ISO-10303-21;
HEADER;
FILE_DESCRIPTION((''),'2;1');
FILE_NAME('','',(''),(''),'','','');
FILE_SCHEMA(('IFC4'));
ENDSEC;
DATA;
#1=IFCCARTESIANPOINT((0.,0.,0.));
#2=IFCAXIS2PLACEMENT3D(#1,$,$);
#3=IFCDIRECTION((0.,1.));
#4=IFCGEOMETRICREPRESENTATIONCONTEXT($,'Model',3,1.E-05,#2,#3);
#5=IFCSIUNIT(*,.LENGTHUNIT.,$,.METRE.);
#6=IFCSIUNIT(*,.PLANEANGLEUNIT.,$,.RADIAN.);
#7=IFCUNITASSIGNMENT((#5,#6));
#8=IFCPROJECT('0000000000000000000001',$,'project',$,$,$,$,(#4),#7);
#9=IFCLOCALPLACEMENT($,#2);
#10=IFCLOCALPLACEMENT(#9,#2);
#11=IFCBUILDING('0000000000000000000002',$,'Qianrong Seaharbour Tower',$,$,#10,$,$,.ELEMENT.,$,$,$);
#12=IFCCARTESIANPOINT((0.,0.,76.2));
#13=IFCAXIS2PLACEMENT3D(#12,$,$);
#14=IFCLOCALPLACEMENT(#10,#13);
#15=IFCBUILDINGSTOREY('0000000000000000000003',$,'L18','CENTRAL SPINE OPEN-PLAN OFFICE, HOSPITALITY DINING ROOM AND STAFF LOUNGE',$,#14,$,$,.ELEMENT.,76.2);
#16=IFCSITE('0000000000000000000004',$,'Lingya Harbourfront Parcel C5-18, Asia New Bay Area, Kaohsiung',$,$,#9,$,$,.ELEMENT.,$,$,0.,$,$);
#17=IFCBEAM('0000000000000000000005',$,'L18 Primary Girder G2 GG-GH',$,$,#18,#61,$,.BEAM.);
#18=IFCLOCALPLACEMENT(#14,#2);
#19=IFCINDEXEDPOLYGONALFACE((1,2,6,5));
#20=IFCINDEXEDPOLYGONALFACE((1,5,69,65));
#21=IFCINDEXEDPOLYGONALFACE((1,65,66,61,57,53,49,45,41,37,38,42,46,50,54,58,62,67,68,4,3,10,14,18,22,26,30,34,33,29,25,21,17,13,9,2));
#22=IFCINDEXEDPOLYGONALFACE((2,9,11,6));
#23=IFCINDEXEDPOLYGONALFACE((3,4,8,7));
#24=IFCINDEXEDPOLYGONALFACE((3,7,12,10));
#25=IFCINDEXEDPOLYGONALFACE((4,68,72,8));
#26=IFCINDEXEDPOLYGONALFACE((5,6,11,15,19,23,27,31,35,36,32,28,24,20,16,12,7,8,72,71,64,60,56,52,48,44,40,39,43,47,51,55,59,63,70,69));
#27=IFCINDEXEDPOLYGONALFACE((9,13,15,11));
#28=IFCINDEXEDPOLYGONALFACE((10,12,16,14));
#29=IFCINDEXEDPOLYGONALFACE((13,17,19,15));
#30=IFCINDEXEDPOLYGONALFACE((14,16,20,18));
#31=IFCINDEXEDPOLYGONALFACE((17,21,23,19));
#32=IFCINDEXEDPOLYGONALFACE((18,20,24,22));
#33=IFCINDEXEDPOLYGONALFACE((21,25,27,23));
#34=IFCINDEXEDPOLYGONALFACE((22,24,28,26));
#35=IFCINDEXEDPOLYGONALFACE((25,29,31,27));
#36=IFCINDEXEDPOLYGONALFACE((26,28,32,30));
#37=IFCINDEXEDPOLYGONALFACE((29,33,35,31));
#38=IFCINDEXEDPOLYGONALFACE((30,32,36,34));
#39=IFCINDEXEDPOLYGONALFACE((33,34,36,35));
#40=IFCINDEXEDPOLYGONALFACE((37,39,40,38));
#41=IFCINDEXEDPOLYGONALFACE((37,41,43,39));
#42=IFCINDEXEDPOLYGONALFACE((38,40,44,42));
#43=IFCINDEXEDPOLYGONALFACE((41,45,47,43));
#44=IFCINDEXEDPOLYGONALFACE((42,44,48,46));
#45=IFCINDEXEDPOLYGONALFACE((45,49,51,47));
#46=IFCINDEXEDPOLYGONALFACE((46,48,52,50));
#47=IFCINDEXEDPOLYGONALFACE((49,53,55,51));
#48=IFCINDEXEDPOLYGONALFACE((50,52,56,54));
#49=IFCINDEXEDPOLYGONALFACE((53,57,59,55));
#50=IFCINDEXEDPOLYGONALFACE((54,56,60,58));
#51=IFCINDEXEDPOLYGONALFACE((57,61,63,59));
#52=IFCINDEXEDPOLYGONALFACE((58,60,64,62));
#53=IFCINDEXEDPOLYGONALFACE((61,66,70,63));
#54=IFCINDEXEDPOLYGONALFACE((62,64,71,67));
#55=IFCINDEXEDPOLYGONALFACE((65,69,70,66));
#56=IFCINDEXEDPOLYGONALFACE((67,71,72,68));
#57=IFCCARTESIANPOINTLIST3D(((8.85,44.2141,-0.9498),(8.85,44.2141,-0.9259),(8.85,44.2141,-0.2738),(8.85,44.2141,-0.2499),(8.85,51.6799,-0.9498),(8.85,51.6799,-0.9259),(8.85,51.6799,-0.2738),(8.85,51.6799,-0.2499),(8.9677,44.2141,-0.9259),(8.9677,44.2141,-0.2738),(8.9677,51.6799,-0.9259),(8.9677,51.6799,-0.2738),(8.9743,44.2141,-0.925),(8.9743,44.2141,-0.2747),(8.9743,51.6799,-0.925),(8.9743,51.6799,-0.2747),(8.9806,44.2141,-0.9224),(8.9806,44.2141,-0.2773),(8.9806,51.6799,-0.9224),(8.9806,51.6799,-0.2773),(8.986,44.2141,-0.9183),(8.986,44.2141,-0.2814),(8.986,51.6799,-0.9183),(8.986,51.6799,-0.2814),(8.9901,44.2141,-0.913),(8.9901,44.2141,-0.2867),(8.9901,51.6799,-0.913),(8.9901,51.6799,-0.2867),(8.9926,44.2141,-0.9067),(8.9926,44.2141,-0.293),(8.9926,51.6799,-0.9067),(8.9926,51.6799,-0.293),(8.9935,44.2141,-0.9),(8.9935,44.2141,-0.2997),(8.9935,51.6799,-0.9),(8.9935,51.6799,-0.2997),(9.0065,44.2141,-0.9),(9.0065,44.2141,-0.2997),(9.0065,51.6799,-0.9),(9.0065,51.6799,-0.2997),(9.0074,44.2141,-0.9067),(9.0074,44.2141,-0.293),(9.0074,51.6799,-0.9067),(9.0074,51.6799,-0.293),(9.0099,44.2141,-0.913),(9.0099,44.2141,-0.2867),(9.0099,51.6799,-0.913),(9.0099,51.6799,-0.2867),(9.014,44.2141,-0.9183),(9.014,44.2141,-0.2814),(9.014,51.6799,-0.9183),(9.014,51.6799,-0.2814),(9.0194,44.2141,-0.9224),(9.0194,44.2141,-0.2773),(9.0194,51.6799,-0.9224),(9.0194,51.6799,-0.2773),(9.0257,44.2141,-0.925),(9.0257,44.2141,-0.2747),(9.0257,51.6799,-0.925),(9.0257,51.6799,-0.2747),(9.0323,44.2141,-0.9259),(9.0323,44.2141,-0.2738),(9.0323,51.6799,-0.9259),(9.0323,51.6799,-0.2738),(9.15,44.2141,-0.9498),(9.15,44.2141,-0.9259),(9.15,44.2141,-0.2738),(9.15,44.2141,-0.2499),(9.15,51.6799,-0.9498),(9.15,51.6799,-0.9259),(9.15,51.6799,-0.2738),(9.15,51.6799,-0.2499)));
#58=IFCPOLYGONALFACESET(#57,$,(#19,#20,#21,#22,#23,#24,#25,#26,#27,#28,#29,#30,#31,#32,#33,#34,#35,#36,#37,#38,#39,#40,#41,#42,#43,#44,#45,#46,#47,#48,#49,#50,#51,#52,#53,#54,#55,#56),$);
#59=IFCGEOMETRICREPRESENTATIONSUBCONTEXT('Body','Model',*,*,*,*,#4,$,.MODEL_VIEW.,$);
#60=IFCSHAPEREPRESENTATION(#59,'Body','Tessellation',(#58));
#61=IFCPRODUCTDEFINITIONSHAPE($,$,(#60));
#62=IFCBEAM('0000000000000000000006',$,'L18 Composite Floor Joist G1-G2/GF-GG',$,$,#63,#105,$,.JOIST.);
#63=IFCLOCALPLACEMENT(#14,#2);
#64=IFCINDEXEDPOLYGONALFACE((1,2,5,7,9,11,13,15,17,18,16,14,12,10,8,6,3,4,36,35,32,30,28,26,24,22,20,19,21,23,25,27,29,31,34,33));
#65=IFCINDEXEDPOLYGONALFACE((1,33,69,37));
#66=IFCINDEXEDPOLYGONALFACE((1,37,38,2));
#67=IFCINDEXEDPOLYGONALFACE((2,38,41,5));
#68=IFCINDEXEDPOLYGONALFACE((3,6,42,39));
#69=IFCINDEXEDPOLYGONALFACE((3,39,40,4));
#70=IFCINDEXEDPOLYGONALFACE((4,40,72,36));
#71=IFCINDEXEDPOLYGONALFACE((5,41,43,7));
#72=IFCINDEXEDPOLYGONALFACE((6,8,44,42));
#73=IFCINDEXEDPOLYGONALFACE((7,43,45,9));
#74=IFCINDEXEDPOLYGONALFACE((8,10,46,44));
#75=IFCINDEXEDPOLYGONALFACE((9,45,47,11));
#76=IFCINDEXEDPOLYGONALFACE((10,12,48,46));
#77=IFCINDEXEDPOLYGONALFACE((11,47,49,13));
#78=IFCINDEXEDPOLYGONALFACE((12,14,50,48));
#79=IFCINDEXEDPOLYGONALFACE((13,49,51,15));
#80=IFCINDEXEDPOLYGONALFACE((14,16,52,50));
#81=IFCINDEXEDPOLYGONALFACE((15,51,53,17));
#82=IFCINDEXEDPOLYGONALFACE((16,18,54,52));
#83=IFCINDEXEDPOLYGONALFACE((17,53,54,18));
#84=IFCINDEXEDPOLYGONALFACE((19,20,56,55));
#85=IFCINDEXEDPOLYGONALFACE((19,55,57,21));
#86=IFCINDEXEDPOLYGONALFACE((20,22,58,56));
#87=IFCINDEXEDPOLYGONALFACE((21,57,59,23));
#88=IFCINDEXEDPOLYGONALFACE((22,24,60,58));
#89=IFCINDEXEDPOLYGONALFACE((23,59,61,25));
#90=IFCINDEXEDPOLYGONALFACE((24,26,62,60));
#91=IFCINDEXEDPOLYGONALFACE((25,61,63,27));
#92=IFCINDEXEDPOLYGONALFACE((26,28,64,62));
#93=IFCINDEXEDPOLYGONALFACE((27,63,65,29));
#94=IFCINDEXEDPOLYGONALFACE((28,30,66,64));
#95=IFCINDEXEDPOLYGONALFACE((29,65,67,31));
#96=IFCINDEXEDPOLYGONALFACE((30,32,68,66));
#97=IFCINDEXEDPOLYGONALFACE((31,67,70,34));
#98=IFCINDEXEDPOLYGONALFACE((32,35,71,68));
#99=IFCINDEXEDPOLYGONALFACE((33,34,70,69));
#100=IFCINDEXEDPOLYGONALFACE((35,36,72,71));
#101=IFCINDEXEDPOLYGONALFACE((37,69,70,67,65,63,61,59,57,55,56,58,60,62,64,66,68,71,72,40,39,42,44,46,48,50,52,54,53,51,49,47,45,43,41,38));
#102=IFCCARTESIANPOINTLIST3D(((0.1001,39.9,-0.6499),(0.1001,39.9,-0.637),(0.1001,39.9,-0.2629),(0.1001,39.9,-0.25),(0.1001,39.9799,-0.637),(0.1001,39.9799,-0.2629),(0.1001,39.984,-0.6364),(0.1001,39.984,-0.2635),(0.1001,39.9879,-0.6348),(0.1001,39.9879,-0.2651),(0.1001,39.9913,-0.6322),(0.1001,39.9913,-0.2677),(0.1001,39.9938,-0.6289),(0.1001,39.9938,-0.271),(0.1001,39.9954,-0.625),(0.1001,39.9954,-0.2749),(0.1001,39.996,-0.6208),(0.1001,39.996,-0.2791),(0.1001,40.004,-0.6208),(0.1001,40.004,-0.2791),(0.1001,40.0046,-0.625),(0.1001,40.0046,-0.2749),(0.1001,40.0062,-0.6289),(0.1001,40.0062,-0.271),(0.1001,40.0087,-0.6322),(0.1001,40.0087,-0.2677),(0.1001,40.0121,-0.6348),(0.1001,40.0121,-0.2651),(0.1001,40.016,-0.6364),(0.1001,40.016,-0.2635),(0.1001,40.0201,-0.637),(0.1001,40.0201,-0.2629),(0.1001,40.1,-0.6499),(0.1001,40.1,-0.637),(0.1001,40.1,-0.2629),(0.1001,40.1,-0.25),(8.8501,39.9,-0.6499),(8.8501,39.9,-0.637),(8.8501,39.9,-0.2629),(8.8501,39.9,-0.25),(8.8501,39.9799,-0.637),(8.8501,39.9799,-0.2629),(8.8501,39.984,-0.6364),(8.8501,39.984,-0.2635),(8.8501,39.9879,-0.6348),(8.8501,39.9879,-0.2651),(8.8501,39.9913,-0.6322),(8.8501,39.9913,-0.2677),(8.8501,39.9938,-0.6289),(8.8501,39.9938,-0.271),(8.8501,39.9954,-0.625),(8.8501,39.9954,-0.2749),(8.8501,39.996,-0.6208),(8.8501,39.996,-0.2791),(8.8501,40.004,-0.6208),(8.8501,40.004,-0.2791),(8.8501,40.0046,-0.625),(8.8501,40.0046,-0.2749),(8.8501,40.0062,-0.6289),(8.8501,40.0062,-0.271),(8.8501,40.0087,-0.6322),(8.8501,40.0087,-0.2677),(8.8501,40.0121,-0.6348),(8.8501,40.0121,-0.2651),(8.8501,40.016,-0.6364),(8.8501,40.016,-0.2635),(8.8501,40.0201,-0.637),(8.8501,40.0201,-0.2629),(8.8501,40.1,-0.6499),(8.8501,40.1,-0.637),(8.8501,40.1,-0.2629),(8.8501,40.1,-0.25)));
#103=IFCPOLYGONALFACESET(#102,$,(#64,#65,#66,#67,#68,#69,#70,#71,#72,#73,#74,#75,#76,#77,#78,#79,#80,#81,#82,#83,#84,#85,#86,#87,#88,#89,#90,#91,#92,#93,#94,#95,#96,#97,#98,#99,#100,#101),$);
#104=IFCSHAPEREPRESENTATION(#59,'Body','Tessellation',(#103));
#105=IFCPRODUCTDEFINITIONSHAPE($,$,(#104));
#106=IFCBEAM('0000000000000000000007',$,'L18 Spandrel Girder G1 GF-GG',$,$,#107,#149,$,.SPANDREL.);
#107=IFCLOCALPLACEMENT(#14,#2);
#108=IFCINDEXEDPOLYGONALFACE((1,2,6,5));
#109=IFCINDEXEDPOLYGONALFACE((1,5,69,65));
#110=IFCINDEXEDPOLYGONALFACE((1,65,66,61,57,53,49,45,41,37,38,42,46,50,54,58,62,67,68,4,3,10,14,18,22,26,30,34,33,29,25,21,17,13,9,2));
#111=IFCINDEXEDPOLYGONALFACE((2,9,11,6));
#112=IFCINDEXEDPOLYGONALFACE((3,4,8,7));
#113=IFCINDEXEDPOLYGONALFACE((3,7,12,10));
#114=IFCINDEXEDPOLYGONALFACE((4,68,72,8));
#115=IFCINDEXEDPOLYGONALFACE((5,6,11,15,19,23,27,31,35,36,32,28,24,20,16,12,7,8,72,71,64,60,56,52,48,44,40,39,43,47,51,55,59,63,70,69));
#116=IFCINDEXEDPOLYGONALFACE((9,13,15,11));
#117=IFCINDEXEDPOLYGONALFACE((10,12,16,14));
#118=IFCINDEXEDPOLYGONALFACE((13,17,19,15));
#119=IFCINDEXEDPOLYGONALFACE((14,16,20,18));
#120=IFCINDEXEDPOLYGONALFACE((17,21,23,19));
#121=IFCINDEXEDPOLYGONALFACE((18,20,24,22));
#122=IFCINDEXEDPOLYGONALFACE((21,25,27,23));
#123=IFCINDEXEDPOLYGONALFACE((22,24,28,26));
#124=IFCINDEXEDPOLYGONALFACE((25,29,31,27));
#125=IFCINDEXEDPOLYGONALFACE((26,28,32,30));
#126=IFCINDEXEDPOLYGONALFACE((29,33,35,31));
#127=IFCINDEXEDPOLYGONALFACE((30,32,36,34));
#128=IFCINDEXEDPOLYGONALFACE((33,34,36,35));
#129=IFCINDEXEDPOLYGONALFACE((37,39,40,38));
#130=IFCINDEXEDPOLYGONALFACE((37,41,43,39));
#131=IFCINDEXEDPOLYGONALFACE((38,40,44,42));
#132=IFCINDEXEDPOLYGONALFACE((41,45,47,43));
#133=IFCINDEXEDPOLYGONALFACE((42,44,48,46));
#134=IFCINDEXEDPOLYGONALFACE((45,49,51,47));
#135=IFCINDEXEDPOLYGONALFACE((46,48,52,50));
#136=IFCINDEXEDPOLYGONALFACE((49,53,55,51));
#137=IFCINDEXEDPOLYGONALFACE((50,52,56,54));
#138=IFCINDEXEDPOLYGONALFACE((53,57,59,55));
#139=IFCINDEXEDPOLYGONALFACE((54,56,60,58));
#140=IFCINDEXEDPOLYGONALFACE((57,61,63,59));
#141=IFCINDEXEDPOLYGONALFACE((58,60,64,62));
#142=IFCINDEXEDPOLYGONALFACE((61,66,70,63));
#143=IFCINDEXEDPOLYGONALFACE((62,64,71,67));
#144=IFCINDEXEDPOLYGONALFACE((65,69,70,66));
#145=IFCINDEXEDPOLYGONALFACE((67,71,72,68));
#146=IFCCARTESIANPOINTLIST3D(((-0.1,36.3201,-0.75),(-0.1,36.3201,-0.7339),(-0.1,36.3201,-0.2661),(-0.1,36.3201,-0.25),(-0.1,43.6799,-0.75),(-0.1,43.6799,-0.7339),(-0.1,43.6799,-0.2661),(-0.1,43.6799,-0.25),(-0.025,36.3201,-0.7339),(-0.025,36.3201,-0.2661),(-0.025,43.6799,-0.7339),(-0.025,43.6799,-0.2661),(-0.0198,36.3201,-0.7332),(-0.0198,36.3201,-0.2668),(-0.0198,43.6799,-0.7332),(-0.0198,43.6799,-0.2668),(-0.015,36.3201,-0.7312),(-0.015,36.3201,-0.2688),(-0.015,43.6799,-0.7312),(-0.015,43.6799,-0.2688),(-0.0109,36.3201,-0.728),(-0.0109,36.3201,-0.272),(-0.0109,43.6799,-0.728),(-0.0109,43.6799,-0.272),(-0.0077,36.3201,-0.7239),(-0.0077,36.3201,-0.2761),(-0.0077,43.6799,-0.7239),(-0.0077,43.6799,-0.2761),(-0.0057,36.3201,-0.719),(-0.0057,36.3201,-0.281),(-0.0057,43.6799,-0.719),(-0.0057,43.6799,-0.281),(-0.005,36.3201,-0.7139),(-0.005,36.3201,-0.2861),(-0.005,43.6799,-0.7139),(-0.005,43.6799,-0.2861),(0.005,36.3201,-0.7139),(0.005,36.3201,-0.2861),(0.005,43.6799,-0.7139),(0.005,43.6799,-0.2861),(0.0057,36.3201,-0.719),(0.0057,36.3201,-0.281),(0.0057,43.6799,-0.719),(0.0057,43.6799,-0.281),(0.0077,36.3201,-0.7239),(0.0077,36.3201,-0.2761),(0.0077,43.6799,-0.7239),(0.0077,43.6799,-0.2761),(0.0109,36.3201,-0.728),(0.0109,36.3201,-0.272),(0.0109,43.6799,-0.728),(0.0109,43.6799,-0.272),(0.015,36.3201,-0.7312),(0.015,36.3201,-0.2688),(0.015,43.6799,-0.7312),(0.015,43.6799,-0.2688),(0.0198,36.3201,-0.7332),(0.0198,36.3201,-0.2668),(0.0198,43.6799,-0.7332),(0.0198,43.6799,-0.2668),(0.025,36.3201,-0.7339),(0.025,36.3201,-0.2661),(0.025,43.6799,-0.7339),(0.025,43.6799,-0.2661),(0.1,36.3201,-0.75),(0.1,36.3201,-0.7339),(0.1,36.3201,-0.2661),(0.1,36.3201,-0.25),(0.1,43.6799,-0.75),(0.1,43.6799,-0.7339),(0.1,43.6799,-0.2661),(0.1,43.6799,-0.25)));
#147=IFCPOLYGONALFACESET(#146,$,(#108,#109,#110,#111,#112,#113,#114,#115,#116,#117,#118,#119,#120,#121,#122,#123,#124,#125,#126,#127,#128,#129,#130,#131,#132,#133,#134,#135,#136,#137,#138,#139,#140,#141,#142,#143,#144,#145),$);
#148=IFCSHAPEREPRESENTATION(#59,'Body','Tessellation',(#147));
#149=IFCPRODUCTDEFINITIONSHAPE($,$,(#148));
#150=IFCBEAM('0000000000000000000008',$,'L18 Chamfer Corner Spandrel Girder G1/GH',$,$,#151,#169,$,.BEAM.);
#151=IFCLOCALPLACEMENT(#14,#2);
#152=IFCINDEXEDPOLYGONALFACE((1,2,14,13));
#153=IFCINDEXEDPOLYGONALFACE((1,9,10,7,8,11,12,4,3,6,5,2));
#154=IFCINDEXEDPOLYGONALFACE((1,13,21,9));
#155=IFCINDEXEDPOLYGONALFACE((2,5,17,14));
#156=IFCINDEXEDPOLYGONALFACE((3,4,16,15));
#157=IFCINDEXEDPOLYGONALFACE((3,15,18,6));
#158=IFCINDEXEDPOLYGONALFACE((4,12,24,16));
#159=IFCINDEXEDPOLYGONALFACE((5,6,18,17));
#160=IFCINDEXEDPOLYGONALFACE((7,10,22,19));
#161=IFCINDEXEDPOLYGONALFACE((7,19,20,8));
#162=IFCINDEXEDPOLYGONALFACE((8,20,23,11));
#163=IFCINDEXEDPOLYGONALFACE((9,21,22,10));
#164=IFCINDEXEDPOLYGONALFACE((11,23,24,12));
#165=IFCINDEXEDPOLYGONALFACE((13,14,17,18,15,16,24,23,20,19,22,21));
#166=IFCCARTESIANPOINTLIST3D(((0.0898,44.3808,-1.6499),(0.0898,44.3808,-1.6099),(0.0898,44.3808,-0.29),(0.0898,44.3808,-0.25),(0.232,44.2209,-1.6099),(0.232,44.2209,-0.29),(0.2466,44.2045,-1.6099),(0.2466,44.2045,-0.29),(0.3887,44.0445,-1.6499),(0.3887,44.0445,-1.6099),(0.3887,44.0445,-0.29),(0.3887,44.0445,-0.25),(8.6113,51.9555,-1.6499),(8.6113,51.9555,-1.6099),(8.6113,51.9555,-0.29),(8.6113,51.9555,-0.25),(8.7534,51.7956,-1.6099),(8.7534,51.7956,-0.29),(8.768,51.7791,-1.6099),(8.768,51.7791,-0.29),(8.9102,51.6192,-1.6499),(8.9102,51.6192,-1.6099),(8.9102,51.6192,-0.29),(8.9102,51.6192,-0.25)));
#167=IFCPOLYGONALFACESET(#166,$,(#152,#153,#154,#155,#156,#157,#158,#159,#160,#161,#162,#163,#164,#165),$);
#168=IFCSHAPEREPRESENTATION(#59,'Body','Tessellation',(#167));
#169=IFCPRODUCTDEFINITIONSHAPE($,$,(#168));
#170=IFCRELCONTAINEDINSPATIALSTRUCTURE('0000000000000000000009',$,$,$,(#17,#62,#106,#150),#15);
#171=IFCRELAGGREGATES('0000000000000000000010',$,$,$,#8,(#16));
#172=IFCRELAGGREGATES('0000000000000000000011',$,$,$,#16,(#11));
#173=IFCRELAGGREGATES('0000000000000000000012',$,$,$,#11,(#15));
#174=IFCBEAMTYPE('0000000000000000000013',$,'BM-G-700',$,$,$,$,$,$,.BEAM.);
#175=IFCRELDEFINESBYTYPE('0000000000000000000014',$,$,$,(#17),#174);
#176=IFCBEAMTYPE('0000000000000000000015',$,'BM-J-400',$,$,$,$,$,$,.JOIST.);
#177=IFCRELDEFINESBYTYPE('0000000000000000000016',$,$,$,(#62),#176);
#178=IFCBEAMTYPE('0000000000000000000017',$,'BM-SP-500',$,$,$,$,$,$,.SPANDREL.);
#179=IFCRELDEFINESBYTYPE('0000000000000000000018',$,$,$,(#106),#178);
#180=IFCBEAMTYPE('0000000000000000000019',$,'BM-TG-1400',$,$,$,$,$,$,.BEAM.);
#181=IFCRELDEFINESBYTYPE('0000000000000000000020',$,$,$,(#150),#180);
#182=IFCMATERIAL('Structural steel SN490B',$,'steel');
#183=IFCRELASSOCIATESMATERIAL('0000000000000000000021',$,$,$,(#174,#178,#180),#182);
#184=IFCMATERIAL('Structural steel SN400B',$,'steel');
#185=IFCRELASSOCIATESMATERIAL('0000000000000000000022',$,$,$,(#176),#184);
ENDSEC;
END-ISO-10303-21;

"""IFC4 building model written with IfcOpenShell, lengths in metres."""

from ifc_helpers import new_model, si_unit, direction, frame, origin, origin_2d, place, context, subcontext, project, spatial, i_section, extrude, material, material_profile, profile_set, type_object, element, save


model = new_model("IFC4")

# Units and contexts
model_context = context("Model", 3, precision=1e-05, world=origin(), true_north=direction((0.0, 1.0)))
body_context = subcontext(model_context, "Body", "Model", "MODEL_VIEW")
ifc_project = project(units=[si_unit("LENGTHUNIT", "METRE"), si_unit("PLANEANGLEUNIT", "RADIAN")], contexts=[model_context])

# Site, building, storey
site_placement = place(None, origin())
site = spatial("IfcSite", under=ifc_project, at=site_placement, Name="Lingya Harbourfront Parcel C5-18, Asia New Bay Area, Kaohsiung", CompositionType="ELEMENT", RefElevation=0.0)
building_placement = place(site_placement, origin())
building = spatial("IfcBuilding", under=site, at=building_placement, Name="Qianrong Seaharbour Tower", CompositionType="ELEMENT")
storey_placement = place(building_placement, frame((0.0, 0.0, 76.2)))
storey = spatial("IfcBuildingStorey", under=building, at=storey_placement, Name="L18", Description="CENTRAL SPINE OPEN-PLAN OFFICE, HOSPITALITY DINING ROOM AND STAFF LOUNGE", CompositionType="ELEMENT", Elevation=76.2)

# Shared definitions
ifc_material_1 = material(Name="Structural steel SN490B", Category="steel")

# Beams
ifc_material_profile_1 = material_profile(ifc_material_1, i_section(OverallWidth=0.3, OverallDepth=0.7, WebThickness=0.0129, FlangeThickness=0.0239, FilletRadius=0.0259, at=origin_2d()), Name="H700x300x13x24")
ifc_profile_set_1 = profile_set([ifc_material_profile_1], Name="Structural steel SN490B")
beam_type_1 = type_object("IfcBeamType", Name="BM-G-700", PredefinedType="BEAM", material=ifc_profile_set_1)
for number, where, z_axis, x_axis, name in (
    (1, (9.0, 44.2141, -0.5999), (0.0, 1.0, 0.0), (-1.0, 0.0, 0.0), "L18 Primary Girder G2 GG-GH"),
):
    element("IfcBeam", number, at=place(storey_placement, frame(where, z_axis=z_axis, x_axis=x_axis)), inside=storey, type_object=beam_type_1, Name=name, PredefinedType="BEAM", context=body_context, shape_type="SweptSolid", body=[
        extrude(i_section(OverallWidth=0.3, OverallDepth=0.7, WebThickness=0.0129, FlangeThickness=0.0239, FilletRadius=0.0259, at=origin_2d()), origin(), (0.0, 0.0, 1.0), 7.4658),
    ])
ifc_material_2 = material(Name="Structural steel SN400B", Category="steel")
ifc_material_profile_2 = material_profile(ifc_material_2, i_section(OverallWidth=0.2, OverallDepth=0.3999, WebThickness=0.0081, FlangeThickness=0.0129, FilletRadius=0.0161, at=origin_2d()), Name="H400x200x8x13")
ifc_profile_set_2 = profile_set([ifc_material_profile_2], Name="Structural steel SN400B")
beam_type_2 = type_object("IfcBeamType", Name="BM-J-400", PredefinedType="JOIST", material=ifc_profile_set_2)
beam_1_placement = place(storey_placement, frame((0.1001, 40.0, -0.45), z_axis=(1.0, 0.0, 0.0), x_axis=(0.0, 1.0, 0.0)))
element("IfcBeam", 2, at=beam_1_placement, inside=storey, type_object=beam_type_2, Name="L18 Composite Floor Joist G1-G2/GF-GG", PredefinedType="JOIST", context=body_context, shape_type="SweptSolid", body=[
    extrude(i_section(OverallWidth=0.2, OverallDepth=0.3999, WebThickness=0.0081, FlangeThickness=0.0129, FilletRadius=0.0161, at=origin_2d()), origin(), (0.0, 0.0, 1.0), 8.75),
])
ifc_material_profile_3 = material_profile(ifc_material_1, i_section(OverallWidth=0.2, OverallDepth=0.5, WebThickness=0.01, FlangeThickness=0.0161, FilletRadius=0.02, at=origin_2d()), Name="H500x200x10x16")
ifc_profile_set_3 = profile_set([ifc_material_profile_3], Name="Structural steel SN490B")
beam_type_3 = type_object("IfcBeamType", Name="BM-SP-500", PredefinedType="SPANDREL", material=ifc_profile_set_3)
beam_2_placement = place(storey_placement, frame((0.0, 36.3201, -0.5), z_axis=(0.0, 1.0, 0.0), x_axis=(-1.0, 0.0, 0.0)))
element("IfcBeam", 3, at=beam_2_placement, inside=storey, type_object=beam_type_3, Name="L18 Spandrel Girder G1 GF-GG", PredefinedType="SPANDREL", context=body_context, shape_type="SweptSolid", body=[
    extrude(i_section(OverallWidth=0.2, OverallDepth=0.5, WebThickness=0.01, FlangeThickness=0.0161, FilletRadius=0.02, at=origin_2d()), origin(), (0.0, 0.0, 1.0), 7.3599),
])
ifc_material_profile_4 = material_profile(ifc_material_1, i_section(OverallWidth=0.45, OverallDepth=1.3999, WebThickness=0.022, FlangeThickness=0.04, at=origin_2d()), Name="BH1400x450x22x40")
ifc_profile_set_4 = profile_set([ifc_material_profile_4], Name="Structural steel SN490B")
beam_type_4 = type_object("IfcBeamType", Name="BM-TG-1400", PredefinedType="BEAM", material=ifc_profile_set_4)
beam_3_placement = place(storey_placement, frame((8.7607, 51.7874, -0.95), z_axis=(-0.747407, -0.664366, 0.0), x_axis=(0.664366, -0.747407, 0.0)))
element("IfcBeam", 4, at=beam_3_placement, inside=storey, type_object=beam_type_4, Name="L18 Chamfer Corner Spandrel Girder G1/GH", PredefinedType="BEAM", context=body_context, shape_type="SweptSolid", body=[
    extrude(i_section(OverallWidth=0.45, OverallDepth=1.3999, WebThickness=0.022, FlangeThickness=0.04, at=origin_2d()), origin(), (0.0, 0.0, 1.0), 11.4014),
])

save(model, "model.ifc")
